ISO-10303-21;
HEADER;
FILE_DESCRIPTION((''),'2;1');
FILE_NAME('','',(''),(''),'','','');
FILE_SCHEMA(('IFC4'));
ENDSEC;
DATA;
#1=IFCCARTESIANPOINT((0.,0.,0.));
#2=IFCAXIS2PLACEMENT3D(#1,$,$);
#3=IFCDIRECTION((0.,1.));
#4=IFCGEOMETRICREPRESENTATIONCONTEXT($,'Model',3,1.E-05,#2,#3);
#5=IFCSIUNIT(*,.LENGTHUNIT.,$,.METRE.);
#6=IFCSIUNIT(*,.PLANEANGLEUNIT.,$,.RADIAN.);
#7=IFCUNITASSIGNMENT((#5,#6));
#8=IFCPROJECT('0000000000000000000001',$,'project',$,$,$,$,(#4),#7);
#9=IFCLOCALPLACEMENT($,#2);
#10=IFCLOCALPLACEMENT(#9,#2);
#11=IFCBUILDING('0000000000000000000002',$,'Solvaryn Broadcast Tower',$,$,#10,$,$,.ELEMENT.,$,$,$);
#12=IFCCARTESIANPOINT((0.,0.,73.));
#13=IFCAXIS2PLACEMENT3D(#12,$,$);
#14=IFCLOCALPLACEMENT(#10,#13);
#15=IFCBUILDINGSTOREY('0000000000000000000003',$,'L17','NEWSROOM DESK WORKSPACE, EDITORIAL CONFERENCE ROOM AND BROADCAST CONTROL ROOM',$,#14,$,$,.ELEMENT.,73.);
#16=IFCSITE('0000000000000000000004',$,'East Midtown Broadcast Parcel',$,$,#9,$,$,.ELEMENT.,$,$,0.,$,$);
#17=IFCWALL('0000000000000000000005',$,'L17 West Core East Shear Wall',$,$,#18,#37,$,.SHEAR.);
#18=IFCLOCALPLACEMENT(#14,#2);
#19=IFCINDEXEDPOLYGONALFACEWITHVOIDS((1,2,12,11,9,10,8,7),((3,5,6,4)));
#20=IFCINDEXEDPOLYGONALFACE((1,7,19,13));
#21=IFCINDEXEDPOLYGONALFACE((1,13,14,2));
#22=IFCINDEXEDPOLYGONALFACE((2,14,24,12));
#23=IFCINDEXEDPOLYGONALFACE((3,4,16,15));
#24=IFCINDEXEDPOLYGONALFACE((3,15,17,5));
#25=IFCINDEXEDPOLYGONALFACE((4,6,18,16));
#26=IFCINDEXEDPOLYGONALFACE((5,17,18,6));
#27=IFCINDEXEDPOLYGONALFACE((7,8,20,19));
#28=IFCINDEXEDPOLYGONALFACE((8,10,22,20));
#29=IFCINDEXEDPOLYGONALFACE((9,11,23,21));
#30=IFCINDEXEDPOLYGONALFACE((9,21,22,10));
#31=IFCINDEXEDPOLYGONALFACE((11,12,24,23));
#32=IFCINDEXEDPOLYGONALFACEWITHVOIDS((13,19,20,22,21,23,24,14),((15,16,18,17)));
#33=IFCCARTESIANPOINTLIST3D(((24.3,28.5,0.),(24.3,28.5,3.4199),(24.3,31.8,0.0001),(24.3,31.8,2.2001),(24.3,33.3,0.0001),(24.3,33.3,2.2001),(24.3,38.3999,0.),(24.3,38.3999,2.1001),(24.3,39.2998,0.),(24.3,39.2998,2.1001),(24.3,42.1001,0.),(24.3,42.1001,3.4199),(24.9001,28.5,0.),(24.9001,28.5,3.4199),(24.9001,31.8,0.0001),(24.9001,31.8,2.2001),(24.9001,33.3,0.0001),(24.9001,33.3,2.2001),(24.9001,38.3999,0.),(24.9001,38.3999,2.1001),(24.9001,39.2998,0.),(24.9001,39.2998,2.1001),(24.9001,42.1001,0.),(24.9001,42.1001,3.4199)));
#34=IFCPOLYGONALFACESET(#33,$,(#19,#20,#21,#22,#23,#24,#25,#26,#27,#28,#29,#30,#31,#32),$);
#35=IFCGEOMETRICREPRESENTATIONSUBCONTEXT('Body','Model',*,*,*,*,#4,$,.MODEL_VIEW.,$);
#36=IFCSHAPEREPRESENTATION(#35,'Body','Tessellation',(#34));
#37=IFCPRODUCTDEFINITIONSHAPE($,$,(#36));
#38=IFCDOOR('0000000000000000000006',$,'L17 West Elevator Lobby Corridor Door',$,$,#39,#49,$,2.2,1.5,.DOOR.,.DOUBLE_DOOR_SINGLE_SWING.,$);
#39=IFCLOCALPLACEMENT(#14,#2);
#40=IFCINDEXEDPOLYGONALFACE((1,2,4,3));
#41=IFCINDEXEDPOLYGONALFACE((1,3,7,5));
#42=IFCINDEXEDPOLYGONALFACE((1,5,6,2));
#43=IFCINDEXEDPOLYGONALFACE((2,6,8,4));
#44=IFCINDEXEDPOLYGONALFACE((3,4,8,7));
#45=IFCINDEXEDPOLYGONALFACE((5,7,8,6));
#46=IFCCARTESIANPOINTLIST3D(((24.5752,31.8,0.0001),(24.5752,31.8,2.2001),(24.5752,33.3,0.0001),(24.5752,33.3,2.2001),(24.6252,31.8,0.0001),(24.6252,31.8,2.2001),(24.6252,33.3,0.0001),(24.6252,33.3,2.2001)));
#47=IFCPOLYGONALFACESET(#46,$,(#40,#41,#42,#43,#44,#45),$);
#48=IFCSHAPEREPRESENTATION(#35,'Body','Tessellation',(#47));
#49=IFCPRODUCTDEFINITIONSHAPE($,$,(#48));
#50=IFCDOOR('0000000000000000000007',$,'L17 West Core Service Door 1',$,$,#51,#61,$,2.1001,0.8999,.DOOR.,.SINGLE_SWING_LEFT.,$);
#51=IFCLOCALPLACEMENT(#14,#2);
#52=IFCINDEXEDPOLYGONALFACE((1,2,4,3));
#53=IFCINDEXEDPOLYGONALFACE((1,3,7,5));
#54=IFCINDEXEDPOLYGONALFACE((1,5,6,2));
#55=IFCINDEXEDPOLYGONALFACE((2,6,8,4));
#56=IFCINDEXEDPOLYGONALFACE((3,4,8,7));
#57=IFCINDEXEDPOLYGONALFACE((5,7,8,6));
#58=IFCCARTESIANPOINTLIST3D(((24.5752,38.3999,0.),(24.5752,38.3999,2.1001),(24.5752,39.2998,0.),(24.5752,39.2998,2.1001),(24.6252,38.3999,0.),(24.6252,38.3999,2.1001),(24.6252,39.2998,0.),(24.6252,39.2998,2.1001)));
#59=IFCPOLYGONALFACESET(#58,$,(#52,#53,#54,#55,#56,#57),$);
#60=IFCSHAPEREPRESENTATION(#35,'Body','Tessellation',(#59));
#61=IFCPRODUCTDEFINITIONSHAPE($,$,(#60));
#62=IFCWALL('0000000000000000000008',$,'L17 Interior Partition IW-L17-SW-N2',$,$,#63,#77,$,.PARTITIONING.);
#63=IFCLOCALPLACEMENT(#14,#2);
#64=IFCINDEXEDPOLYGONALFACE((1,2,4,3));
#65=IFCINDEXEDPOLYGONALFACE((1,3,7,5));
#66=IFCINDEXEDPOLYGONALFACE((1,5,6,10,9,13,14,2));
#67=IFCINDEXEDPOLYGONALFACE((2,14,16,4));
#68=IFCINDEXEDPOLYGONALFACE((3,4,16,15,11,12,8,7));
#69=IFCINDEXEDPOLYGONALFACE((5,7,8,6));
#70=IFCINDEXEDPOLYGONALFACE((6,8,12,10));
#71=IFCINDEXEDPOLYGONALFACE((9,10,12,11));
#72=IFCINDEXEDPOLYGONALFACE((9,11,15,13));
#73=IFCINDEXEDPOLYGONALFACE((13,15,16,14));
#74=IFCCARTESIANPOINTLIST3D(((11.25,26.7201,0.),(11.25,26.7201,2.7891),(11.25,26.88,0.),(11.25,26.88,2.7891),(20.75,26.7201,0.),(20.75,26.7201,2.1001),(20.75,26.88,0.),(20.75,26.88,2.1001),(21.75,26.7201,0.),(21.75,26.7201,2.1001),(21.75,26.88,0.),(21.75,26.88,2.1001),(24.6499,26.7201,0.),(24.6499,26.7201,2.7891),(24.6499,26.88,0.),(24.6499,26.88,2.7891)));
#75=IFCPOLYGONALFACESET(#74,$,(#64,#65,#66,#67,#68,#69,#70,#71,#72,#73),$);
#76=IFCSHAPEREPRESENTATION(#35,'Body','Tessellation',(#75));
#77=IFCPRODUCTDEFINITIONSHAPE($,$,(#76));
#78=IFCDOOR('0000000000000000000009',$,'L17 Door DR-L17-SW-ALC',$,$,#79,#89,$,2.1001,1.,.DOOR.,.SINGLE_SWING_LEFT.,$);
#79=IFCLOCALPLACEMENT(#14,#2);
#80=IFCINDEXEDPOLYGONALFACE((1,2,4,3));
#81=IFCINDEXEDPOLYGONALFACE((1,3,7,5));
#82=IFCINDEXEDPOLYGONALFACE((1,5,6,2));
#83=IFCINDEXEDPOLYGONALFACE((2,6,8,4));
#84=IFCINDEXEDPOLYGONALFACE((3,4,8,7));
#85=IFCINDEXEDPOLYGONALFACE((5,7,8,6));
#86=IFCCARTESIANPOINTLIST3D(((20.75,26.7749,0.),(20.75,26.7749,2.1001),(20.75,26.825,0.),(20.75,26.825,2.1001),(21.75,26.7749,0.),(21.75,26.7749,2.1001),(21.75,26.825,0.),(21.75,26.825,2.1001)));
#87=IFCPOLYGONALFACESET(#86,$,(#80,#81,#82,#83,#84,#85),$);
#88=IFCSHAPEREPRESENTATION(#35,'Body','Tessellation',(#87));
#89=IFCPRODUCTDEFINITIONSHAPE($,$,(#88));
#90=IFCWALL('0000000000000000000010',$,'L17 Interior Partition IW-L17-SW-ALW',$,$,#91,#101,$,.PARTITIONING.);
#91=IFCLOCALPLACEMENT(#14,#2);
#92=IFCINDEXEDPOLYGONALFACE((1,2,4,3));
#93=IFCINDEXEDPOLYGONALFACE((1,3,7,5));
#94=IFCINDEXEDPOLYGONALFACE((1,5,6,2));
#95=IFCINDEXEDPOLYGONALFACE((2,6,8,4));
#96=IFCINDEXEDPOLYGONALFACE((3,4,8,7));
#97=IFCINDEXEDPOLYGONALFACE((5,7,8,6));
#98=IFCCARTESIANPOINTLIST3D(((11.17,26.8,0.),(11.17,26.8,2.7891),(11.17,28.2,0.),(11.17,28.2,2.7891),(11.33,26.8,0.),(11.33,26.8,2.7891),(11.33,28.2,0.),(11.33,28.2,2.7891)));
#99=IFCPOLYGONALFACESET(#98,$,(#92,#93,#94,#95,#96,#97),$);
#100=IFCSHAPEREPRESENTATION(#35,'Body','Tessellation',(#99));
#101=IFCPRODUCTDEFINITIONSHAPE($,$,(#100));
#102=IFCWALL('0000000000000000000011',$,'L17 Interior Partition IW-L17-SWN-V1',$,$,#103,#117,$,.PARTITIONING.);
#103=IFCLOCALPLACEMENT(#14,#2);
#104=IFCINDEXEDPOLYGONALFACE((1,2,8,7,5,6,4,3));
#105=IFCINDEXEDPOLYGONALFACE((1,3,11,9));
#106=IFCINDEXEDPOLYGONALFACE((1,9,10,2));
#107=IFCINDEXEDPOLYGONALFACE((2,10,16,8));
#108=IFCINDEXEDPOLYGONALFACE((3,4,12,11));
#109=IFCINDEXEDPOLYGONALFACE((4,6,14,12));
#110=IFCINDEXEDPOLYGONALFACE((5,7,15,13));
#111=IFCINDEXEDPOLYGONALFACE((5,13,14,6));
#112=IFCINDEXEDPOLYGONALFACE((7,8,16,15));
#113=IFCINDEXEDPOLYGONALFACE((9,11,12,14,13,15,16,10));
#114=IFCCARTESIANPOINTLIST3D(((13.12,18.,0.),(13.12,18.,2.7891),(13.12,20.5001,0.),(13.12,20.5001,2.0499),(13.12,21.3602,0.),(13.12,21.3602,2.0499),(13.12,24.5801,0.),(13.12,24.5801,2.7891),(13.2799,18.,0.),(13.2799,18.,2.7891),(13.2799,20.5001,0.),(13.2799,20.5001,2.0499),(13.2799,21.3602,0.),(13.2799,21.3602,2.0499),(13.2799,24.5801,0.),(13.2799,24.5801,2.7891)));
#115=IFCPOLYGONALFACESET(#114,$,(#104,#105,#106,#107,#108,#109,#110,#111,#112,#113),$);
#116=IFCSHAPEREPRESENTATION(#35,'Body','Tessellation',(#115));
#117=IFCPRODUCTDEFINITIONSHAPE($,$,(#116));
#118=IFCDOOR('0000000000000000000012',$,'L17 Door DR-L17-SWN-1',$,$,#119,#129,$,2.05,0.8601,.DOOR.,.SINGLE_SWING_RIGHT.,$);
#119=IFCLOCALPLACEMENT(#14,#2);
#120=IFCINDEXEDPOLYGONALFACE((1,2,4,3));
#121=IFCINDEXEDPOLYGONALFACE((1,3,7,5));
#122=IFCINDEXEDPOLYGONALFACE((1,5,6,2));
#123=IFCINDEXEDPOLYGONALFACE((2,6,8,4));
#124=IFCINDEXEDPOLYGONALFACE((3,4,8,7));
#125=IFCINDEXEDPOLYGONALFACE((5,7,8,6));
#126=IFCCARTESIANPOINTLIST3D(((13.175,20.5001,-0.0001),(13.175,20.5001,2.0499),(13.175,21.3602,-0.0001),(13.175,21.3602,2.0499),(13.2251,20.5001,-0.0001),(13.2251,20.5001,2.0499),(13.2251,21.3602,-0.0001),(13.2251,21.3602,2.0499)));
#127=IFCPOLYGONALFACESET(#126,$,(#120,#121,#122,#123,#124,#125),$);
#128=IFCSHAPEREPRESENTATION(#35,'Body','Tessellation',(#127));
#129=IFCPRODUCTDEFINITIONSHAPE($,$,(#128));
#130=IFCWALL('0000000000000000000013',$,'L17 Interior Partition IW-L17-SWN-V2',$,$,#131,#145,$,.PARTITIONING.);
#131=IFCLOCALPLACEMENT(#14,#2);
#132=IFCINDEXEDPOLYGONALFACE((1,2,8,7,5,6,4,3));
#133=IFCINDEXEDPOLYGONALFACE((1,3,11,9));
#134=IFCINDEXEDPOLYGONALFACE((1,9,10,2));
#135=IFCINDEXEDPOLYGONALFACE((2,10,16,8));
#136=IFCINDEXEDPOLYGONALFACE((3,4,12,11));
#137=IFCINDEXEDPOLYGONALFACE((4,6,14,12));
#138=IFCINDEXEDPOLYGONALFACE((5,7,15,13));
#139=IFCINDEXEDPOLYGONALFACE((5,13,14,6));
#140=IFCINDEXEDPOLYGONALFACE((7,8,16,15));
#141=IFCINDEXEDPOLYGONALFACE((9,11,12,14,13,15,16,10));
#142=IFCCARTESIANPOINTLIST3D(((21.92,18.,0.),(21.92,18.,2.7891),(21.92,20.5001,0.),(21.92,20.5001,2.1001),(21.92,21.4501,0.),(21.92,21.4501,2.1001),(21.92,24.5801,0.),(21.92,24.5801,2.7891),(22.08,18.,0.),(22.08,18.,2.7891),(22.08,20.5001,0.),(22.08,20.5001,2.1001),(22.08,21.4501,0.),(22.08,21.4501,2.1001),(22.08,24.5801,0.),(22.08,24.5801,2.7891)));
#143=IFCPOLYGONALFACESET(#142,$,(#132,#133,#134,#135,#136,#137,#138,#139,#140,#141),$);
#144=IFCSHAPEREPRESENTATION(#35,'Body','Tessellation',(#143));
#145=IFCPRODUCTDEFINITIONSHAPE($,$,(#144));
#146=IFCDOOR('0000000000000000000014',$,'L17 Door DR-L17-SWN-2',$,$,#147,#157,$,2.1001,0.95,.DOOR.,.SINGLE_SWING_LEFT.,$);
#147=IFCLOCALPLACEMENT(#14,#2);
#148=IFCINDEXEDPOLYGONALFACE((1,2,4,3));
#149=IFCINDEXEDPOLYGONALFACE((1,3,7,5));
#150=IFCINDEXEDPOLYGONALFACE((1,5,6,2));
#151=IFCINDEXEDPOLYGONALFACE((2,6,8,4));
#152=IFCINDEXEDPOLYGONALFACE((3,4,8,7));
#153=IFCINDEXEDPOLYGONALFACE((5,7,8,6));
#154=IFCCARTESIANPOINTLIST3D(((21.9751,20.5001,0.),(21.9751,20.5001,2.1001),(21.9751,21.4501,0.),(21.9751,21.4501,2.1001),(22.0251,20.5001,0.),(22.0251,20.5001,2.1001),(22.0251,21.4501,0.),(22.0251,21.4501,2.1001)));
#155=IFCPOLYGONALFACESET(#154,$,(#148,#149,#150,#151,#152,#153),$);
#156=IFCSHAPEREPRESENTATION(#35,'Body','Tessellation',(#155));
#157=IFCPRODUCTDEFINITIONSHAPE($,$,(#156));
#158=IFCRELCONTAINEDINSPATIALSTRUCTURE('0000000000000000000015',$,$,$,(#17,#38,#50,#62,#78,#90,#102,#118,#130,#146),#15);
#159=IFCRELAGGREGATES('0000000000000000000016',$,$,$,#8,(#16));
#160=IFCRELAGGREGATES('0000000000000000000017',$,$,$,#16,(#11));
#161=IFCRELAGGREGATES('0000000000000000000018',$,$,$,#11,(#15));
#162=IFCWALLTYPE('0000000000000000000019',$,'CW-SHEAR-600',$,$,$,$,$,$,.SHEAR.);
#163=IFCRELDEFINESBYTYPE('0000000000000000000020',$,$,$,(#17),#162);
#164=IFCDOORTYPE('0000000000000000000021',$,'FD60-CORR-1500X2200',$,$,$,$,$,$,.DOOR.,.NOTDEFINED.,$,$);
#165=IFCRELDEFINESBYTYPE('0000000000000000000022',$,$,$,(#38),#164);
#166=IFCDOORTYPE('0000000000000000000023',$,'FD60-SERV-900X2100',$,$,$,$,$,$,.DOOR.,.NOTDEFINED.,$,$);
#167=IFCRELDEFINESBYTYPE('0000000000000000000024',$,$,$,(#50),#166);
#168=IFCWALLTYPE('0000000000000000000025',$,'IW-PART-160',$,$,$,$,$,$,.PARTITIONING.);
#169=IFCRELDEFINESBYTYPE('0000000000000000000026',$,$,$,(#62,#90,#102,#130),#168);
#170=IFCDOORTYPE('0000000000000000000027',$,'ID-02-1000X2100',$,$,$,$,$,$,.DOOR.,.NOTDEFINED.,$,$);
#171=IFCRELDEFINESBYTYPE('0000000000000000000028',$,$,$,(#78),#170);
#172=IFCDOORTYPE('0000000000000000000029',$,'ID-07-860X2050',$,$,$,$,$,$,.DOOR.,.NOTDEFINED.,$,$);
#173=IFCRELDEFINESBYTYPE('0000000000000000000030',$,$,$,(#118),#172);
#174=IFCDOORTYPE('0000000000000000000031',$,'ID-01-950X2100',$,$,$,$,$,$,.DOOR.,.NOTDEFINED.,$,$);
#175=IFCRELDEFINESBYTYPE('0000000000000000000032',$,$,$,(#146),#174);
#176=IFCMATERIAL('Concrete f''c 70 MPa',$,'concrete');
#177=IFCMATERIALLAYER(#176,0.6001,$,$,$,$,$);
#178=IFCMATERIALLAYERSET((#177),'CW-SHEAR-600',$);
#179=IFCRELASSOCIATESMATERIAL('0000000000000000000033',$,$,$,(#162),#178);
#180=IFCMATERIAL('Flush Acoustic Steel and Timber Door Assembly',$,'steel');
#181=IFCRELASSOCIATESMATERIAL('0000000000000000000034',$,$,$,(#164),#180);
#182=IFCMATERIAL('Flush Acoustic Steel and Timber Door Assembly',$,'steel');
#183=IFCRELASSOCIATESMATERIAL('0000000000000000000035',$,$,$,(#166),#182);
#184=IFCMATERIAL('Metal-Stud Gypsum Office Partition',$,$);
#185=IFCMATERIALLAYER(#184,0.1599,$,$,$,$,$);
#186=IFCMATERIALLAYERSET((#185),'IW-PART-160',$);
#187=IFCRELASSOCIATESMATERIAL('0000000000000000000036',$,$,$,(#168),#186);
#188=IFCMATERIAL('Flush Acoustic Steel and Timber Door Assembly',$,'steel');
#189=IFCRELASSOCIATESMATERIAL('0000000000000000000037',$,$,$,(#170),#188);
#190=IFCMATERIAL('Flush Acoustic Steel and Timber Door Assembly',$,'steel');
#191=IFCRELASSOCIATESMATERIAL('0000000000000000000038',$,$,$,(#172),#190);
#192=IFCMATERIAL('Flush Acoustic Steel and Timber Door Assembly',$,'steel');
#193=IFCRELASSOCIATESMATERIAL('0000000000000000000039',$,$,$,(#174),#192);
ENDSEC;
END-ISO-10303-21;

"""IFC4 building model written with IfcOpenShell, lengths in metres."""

from ifc_helpers import new_model, si_unit, direction, frame, frame_2d, origin, place, context, subcontext, project, spatial, rectangle, extrude, material, layer, layer_set, type_object, element, fill, save


model = new_model("IFC4")

# Units and contexts
model_context = context("Model", 3, precision=1e-05, world=origin(), true_north=direction((0.0, 1.0)))
body_context = subcontext(model_context, "Body", "Model", "MODEL_VIEW")
ifc_project = project(units=[si_unit("LENGTHUNIT", "METRE"), si_unit("PLANEANGLEUNIT", "RADIAN")], contexts=[model_context])

# Site, building, storey
site_placement = place(None, origin())
site = spatial("IfcSite", under=ifc_project, at=site_placement, Name="East Midtown Broadcast Parcel", CompositionType="ELEMENT", RefElevation=0.0)
building_placement = place(site_placement, origin())
building = spatial("IfcBuilding", under=site, at=building_placement, Name="Solvaryn Broadcast Tower", CompositionType="ELEMENT")
storey_placement = place(building_placement, frame((0.0, 0.0, 73.0)))
storey = spatial("IfcBuildingStorey", under=building, at=storey_placement, Name="L17", Description="NEWSROOM DESK WORKSPACE, EDITORIAL CONFERENCE ROOM AND BROADCAST CONTROL ROOM", CompositionType="ELEMENT", Elevation=73.0)

# Wall, openings, doors
ifc_material_1 = material(Name="Concrete f'c 70 MPa", Category="concrete")
ifc_layer_1 = layer(ifc_material_1, 0.6001)
ifc_layer_set_1 = layer_set([ifc_layer_1], Name="CW-SHEAR-600")
wall_type_1 = type_object("IfcWallType", Name="CW-SHEAR-600", PredefinedType="SHEAR", material=ifc_layer_set_1)
wall_1_placement = place(storey_placement, frame((24.6001, 28.5, 0.0), z_axis=(0.0, 0.0, 1.0), x_axis=(0.0, 1.0, 0.0)))
wall_1 = element("IfcWall", 1, at=wall_1_placement, inside=storey, type_object=wall_type_1, Name="L17 West Core East Shear Wall", PredefinedType="SHEAR", context=body_context, shape_type="SweptSolid", body=[
    extrude(rectangle(XDim=13.6001, YDim=0.6001, at=frame_2d((6.8, 0.0))), origin(), (0.0, 0.0, 1.0), 3.4199),
])
opening_1_placement = place(wall_1_placement, frame((3.3, 0.0, 0.0)))
opening_1 = element("IfcOpeningElement", 2, at=opening_1_placement, cuts=wall_1, PredefinedType="OPENING", context=body_context, shape_type="SweptSolid", body=[
    extrude(rectangle(XDim=1.5, YDim=2.2, at=frame_2d((0.75, 1.1001))), frame((0.0, 0.3101, 0.0), z_axis=(0.0, -1.0, 0.0), x_axis=(1.0, 0.0, 0.0)), (0.0, 0.0, 1.0), 0.6201),
])
opening_2_placement = place(wall_1_placement, frame((9.8999, 0.0, 0.0)))
opening_2 = element("IfcOpeningElement", 3, at=opening_2_placement, cuts=wall_1, PredefinedType="OPENING", context=body_context, shape_type="SweptSolid", body=[
    extrude(rectangle(XDim=0.8999, YDim=2.1001, at=frame_2d((0.45, 1.05))), frame((0.0, 0.3101, 0.0), z_axis=(0.0, -1.0, 0.0), x_axis=(1.0, 0.0, 0.0)), (0.0, 0.0, 1.0), 0.6201),
])
ifc_material_2 = material(Name="Flush Acoustic Steel and Timber Door Assembly", Category="steel")
door_type_1 = type_object("IfcDoorType", Name="FD60-CORR-1500X2200", OperationType="NOTDEFINED", PredefinedType="DOOR", material=ifc_material_2)
door_1_placement = place(opening_1_placement, origin())
door_1 = element("IfcDoor", 4, at=door_1_placement, inside=storey, type_object=door_type_1, Name="L17 West Elevator Lobby Corridor Door", OperationType="DOUBLE_DOOR_SINGLE_SWING", OverallHeight=2.2, OverallWidth=1.5, PredefinedType="DOOR", context=body_context, shape_type="SweptSolid", body=[
    extrude(rectangle(XDim=1.5, YDim=2.2, at=frame_2d((0.75, 1.1001))), frame((0.0, 0.0249, 0.0), z_axis=(0.0, -1.0, 0.0), x_axis=(1.0, 0.0, 0.0)), (0.0, 0.0, 1.0), 0.05),
])
fill(opening_1, door_1)
ifc_material_3 = material(Name="Flush Acoustic Steel and Timber Door Assembly", Category="steel")
door_type_2 = type_object("IfcDoorType", Name="FD60-SERV-900X2100", OperationType="NOTDEFINED", PredefinedType="DOOR", material=ifc_material_3)
door_2_placement = place(opening_2_placement, origin())
door_2 = element("IfcDoor", 5, at=door_2_placement, inside=storey, type_object=door_type_2, Name="L17 West Core Service Door 1", OperationType="SINGLE_SWING_LEFT", OverallHeight=2.1001, OverallWidth=0.8999, PredefinedType="DOOR", context=body_context, shape_type="SweptSolid", body=[
    extrude(rectangle(XDim=0.8999, YDim=2.1001, at=frame_2d((0.45, 1.05))), frame((0.0, 0.0249, 0.0), z_axis=(0.0, -1.0, 0.0), x_axis=(1.0, 0.0, 0.0)), (0.0, 0.0, 1.0), 0.05),
])
fill(opening_2, door_2)

# Wall, opening, door
ifc_material_4 = material(Name="Metal-Stud Gypsum Office Partition")
ifc_layer_2 = layer(ifc_material_4, 0.1599)
ifc_layer_set_2 = layer_set([ifc_layer_2], Name="IW-PART-160")
wall_type_2 = type_object("IfcWallType", Name="IW-PART-160", PredefinedType="PARTITIONING", material=ifc_layer_set_2)
wall_2_placement = place(storey_placement, frame((11.25, 26.8, 0.0), z_axis=(0.0, 0.0, 1.0), x_axis=(1.0, 0.0, 0.0)))
wall_2 = element("IfcWall", 6, at=wall_2_placement, inside=storey, type_object=wall_type_2, Name="L17 Interior Partition IW-L17-SW-N2", PredefinedType="PARTITIONING", context=body_context, shape_type="SweptSolid", body=[
    extrude(rectangle(XDim=13.3999, YDim=0.1599, at=frame_2d((6.7, 0.0))), origin(), (0.0, 0.0, 1.0), 2.7891),
])
opening_3_placement = place(wall_2_placement, frame((9.5, 0.0, 0.0)))
opening_3 = element("IfcOpeningElement", 7, at=opening_3_placement, cuts=wall_2, PredefinedType="OPENING", context=body_context, shape_type="SweptSolid", body=[
    extrude(rectangle(XDim=1.0, YDim=2.1001, at=frame_2d((0.5, 1.05))), frame((0.0, 0.0901, 0.0), z_axis=(0.0, -1.0, 0.0), x_axis=(1.0, 0.0, 0.0)), (0.0, 0.0, 1.0), 0.1799),
])
ifc_material_5 = material(Name="Flush Acoustic Steel and Timber Door Assembly", Category="steel")
door_type_3 = type_object("IfcDoorType", Name="ID-02-1000X2100", OperationType="NOTDEFINED", PredefinedType="DOOR", material=ifc_material_5)
door_3_placement = place(opening_3_placement, origin())
door_3 = element("IfcDoor", 8, at=door_3_placement, inside=storey, type_object=door_type_3, Name="L17 Door DR-L17-SW-ALC", OperationType="SINGLE_SWING_LEFT", OverallHeight=2.1001, OverallWidth=1.0, PredefinedType="DOOR", context=body_context, shape_type="SweptSolid", body=[
    extrude(rectangle(XDim=1.0, YDim=2.1001, at=frame_2d((0.5, 1.05))), frame((0.0, 0.0249, 0.0), z_axis=(0.0, -1.0, 0.0), x_axis=(1.0, 0.0, 0.0)), (0.0, 0.0, 1.0), 0.05),
])
fill(opening_3, door_3)

# Wall
wall_3_placement = place(storey_placement, frame((11.25, 26.8, 0.0), z_axis=(0.0, 0.0, 1.0), x_axis=(0.0, 1.0, 0.0)))
element("IfcWall", 9, at=wall_3_placement, inside=storey, type_object=wall_type_2, Name="L17 Interior Partition IW-L17-SW-ALW", PredefinedType="PARTITIONING", context=body_context, shape_type="SweptSolid", body=[
    extrude(rectangle(XDim=1.3999, YDim=0.1599, at=frame_2d((0.7, 0.0))), origin(), (0.0, 0.0, 1.0), 2.7891),
])

# Walls, openings, doors
wall_4_placement = place(storey_placement, frame((13.2, 18.0, 0.0), z_axis=(0.0, 0.0, 1.0), x_axis=(0.0, 1.0, 0.0)))
wall_4 = element("IfcWall", 10, at=wall_4_placement, inside=storey, type_object=wall_type_2, Name="L17 Interior Partition IW-L17-SWN-V1", PredefinedType="PARTITIONING", context=body_context, shape_type="SweptSolid", body=[
    extrude(rectangle(XDim=6.5801, YDim=0.1599, at=frame_2d((3.29, 0.0))), origin(), (0.0, 0.0, 1.0), 2.7891),
])
opening_4_placement = place(wall_4_placement, frame((2.5, 0.0, 0.0)))
opening_4 = element("IfcOpeningElement", 11, at=opening_4_placement, cuts=wall_4, PredefinedType="OPENING", context=body_context, shape_type="SweptSolid", body=[
    extrude(rectangle(XDim=0.8601, YDim=2.05, at=frame_2d((0.4302, 1.0249))), frame((0.0, 0.0901, 0.0), z_axis=(0.0, -1.0, 0.0), x_axis=(1.0, 0.0, 0.0)), (0.0, 0.0, 1.0), 0.1799),
])
ifc_material_6 = material(Name="Flush Acoustic Steel and Timber Door Assembly", Category="steel")
door_type_4 = type_object("IfcDoorType", Name="ID-07-860X2050", OperationType="NOTDEFINED", PredefinedType="DOOR", material=ifc_material_6)
door_4_placement = place(opening_4_placement, origin())
door_4 = element("IfcDoor", 12, at=door_4_placement, inside=storey, type_object=door_type_4, Name="L17 Door DR-L17-SWN-1", OperationType="SINGLE_SWING_RIGHT", OverallHeight=2.05, OverallWidth=0.8601, PredefinedType="DOOR", context=body_context, shape_type="SweptSolid", body=[
    extrude(rectangle(XDim=0.8601, YDim=2.05, at=frame_2d((0.4302, 1.0249))), frame((0.0, 0.0249, 0.0), z_axis=(0.0, -1.0, 0.0), x_axis=(1.0, 0.0, 0.0)), (0.0, 0.0, 1.0), 0.05),
])
fill(opening_4, door_4)
wall_5_placement = place(storey_placement, frame((22.0, 18.0, 0.0), z_axis=(0.0, 0.0, 1.0), x_axis=(0.0, 1.0, 0.0)))
wall_5 = element("IfcWall", 13, at=wall_5_placement, inside=storey, type_object=wall_type_2, Name="L17 Interior Partition IW-L17-SWN-V2", PredefinedType="PARTITIONING", context=body_context, shape_type="SweptSolid", body=[
    extrude(rectangle(XDim=6.5801, YDim=0.1599, at=frame_2d((3.29, 0.0))), origin(), (0.0, 0.0, 1.0), 2.7891),
])
opening_5_placement = place(wall_5_placement, frame((2.5, 0.0, 0.0)))
opening_5 = element("IfcOpeningElement", 14, at=opening_5_placement, cuts=wall_5, PredefinedType="OPENING", context=body_context, shape_type="SweptSolid", body=[
    extrude(rectangle(XDim=0.95, YDim=2.1001, at=frame_2d((0.4751, 1.05))), frame((0.0, 0.0901, 0.0), z_axis=(0.0, -1.0, 0.0), x_axis=(1.0, 0.0, 0.0)), (0.0, 0.0, 1.0), 0.1799),
])
ifc_material_7 = material(Name="Flush Acoustic Steel and Timber Door Assembly", Category="steel")
door_type_5 = type_object("IfcDoorType", Name="ID-01-950X2100", OperationType="NOTDEFINED", PredefinedType="DOOR", material=ifc_material_7)
door_5_placement = place(opening_5_placement, origin())
door_5 = element("IfcDoor", 15, at=door_5_placement, inside=storey, type_object=door_type_5, Name="L17 Door DR-L17-SWN-2", OperationType="SINGLE_SWING_LEFT", OverallHeight=2.1001, OverallWidth=0.95, PredefinedType="DOOR", context=body_context, shape_type="SweptSolid", body=[
    extrude(rectangle(XDim=0.95, YDim=2.1001, at=frame_2d((0.4751, 1.05))), frame((0.0, 0.0249, 0.0), z_axis=(0.0, -1.0, 0.0), x_axis=(1.0, 0.0, 0.0)), (0.0, 0.0, 1.0), 0.05),
])
fill(opening_5, door_5)

save(model, "model.ifc")
